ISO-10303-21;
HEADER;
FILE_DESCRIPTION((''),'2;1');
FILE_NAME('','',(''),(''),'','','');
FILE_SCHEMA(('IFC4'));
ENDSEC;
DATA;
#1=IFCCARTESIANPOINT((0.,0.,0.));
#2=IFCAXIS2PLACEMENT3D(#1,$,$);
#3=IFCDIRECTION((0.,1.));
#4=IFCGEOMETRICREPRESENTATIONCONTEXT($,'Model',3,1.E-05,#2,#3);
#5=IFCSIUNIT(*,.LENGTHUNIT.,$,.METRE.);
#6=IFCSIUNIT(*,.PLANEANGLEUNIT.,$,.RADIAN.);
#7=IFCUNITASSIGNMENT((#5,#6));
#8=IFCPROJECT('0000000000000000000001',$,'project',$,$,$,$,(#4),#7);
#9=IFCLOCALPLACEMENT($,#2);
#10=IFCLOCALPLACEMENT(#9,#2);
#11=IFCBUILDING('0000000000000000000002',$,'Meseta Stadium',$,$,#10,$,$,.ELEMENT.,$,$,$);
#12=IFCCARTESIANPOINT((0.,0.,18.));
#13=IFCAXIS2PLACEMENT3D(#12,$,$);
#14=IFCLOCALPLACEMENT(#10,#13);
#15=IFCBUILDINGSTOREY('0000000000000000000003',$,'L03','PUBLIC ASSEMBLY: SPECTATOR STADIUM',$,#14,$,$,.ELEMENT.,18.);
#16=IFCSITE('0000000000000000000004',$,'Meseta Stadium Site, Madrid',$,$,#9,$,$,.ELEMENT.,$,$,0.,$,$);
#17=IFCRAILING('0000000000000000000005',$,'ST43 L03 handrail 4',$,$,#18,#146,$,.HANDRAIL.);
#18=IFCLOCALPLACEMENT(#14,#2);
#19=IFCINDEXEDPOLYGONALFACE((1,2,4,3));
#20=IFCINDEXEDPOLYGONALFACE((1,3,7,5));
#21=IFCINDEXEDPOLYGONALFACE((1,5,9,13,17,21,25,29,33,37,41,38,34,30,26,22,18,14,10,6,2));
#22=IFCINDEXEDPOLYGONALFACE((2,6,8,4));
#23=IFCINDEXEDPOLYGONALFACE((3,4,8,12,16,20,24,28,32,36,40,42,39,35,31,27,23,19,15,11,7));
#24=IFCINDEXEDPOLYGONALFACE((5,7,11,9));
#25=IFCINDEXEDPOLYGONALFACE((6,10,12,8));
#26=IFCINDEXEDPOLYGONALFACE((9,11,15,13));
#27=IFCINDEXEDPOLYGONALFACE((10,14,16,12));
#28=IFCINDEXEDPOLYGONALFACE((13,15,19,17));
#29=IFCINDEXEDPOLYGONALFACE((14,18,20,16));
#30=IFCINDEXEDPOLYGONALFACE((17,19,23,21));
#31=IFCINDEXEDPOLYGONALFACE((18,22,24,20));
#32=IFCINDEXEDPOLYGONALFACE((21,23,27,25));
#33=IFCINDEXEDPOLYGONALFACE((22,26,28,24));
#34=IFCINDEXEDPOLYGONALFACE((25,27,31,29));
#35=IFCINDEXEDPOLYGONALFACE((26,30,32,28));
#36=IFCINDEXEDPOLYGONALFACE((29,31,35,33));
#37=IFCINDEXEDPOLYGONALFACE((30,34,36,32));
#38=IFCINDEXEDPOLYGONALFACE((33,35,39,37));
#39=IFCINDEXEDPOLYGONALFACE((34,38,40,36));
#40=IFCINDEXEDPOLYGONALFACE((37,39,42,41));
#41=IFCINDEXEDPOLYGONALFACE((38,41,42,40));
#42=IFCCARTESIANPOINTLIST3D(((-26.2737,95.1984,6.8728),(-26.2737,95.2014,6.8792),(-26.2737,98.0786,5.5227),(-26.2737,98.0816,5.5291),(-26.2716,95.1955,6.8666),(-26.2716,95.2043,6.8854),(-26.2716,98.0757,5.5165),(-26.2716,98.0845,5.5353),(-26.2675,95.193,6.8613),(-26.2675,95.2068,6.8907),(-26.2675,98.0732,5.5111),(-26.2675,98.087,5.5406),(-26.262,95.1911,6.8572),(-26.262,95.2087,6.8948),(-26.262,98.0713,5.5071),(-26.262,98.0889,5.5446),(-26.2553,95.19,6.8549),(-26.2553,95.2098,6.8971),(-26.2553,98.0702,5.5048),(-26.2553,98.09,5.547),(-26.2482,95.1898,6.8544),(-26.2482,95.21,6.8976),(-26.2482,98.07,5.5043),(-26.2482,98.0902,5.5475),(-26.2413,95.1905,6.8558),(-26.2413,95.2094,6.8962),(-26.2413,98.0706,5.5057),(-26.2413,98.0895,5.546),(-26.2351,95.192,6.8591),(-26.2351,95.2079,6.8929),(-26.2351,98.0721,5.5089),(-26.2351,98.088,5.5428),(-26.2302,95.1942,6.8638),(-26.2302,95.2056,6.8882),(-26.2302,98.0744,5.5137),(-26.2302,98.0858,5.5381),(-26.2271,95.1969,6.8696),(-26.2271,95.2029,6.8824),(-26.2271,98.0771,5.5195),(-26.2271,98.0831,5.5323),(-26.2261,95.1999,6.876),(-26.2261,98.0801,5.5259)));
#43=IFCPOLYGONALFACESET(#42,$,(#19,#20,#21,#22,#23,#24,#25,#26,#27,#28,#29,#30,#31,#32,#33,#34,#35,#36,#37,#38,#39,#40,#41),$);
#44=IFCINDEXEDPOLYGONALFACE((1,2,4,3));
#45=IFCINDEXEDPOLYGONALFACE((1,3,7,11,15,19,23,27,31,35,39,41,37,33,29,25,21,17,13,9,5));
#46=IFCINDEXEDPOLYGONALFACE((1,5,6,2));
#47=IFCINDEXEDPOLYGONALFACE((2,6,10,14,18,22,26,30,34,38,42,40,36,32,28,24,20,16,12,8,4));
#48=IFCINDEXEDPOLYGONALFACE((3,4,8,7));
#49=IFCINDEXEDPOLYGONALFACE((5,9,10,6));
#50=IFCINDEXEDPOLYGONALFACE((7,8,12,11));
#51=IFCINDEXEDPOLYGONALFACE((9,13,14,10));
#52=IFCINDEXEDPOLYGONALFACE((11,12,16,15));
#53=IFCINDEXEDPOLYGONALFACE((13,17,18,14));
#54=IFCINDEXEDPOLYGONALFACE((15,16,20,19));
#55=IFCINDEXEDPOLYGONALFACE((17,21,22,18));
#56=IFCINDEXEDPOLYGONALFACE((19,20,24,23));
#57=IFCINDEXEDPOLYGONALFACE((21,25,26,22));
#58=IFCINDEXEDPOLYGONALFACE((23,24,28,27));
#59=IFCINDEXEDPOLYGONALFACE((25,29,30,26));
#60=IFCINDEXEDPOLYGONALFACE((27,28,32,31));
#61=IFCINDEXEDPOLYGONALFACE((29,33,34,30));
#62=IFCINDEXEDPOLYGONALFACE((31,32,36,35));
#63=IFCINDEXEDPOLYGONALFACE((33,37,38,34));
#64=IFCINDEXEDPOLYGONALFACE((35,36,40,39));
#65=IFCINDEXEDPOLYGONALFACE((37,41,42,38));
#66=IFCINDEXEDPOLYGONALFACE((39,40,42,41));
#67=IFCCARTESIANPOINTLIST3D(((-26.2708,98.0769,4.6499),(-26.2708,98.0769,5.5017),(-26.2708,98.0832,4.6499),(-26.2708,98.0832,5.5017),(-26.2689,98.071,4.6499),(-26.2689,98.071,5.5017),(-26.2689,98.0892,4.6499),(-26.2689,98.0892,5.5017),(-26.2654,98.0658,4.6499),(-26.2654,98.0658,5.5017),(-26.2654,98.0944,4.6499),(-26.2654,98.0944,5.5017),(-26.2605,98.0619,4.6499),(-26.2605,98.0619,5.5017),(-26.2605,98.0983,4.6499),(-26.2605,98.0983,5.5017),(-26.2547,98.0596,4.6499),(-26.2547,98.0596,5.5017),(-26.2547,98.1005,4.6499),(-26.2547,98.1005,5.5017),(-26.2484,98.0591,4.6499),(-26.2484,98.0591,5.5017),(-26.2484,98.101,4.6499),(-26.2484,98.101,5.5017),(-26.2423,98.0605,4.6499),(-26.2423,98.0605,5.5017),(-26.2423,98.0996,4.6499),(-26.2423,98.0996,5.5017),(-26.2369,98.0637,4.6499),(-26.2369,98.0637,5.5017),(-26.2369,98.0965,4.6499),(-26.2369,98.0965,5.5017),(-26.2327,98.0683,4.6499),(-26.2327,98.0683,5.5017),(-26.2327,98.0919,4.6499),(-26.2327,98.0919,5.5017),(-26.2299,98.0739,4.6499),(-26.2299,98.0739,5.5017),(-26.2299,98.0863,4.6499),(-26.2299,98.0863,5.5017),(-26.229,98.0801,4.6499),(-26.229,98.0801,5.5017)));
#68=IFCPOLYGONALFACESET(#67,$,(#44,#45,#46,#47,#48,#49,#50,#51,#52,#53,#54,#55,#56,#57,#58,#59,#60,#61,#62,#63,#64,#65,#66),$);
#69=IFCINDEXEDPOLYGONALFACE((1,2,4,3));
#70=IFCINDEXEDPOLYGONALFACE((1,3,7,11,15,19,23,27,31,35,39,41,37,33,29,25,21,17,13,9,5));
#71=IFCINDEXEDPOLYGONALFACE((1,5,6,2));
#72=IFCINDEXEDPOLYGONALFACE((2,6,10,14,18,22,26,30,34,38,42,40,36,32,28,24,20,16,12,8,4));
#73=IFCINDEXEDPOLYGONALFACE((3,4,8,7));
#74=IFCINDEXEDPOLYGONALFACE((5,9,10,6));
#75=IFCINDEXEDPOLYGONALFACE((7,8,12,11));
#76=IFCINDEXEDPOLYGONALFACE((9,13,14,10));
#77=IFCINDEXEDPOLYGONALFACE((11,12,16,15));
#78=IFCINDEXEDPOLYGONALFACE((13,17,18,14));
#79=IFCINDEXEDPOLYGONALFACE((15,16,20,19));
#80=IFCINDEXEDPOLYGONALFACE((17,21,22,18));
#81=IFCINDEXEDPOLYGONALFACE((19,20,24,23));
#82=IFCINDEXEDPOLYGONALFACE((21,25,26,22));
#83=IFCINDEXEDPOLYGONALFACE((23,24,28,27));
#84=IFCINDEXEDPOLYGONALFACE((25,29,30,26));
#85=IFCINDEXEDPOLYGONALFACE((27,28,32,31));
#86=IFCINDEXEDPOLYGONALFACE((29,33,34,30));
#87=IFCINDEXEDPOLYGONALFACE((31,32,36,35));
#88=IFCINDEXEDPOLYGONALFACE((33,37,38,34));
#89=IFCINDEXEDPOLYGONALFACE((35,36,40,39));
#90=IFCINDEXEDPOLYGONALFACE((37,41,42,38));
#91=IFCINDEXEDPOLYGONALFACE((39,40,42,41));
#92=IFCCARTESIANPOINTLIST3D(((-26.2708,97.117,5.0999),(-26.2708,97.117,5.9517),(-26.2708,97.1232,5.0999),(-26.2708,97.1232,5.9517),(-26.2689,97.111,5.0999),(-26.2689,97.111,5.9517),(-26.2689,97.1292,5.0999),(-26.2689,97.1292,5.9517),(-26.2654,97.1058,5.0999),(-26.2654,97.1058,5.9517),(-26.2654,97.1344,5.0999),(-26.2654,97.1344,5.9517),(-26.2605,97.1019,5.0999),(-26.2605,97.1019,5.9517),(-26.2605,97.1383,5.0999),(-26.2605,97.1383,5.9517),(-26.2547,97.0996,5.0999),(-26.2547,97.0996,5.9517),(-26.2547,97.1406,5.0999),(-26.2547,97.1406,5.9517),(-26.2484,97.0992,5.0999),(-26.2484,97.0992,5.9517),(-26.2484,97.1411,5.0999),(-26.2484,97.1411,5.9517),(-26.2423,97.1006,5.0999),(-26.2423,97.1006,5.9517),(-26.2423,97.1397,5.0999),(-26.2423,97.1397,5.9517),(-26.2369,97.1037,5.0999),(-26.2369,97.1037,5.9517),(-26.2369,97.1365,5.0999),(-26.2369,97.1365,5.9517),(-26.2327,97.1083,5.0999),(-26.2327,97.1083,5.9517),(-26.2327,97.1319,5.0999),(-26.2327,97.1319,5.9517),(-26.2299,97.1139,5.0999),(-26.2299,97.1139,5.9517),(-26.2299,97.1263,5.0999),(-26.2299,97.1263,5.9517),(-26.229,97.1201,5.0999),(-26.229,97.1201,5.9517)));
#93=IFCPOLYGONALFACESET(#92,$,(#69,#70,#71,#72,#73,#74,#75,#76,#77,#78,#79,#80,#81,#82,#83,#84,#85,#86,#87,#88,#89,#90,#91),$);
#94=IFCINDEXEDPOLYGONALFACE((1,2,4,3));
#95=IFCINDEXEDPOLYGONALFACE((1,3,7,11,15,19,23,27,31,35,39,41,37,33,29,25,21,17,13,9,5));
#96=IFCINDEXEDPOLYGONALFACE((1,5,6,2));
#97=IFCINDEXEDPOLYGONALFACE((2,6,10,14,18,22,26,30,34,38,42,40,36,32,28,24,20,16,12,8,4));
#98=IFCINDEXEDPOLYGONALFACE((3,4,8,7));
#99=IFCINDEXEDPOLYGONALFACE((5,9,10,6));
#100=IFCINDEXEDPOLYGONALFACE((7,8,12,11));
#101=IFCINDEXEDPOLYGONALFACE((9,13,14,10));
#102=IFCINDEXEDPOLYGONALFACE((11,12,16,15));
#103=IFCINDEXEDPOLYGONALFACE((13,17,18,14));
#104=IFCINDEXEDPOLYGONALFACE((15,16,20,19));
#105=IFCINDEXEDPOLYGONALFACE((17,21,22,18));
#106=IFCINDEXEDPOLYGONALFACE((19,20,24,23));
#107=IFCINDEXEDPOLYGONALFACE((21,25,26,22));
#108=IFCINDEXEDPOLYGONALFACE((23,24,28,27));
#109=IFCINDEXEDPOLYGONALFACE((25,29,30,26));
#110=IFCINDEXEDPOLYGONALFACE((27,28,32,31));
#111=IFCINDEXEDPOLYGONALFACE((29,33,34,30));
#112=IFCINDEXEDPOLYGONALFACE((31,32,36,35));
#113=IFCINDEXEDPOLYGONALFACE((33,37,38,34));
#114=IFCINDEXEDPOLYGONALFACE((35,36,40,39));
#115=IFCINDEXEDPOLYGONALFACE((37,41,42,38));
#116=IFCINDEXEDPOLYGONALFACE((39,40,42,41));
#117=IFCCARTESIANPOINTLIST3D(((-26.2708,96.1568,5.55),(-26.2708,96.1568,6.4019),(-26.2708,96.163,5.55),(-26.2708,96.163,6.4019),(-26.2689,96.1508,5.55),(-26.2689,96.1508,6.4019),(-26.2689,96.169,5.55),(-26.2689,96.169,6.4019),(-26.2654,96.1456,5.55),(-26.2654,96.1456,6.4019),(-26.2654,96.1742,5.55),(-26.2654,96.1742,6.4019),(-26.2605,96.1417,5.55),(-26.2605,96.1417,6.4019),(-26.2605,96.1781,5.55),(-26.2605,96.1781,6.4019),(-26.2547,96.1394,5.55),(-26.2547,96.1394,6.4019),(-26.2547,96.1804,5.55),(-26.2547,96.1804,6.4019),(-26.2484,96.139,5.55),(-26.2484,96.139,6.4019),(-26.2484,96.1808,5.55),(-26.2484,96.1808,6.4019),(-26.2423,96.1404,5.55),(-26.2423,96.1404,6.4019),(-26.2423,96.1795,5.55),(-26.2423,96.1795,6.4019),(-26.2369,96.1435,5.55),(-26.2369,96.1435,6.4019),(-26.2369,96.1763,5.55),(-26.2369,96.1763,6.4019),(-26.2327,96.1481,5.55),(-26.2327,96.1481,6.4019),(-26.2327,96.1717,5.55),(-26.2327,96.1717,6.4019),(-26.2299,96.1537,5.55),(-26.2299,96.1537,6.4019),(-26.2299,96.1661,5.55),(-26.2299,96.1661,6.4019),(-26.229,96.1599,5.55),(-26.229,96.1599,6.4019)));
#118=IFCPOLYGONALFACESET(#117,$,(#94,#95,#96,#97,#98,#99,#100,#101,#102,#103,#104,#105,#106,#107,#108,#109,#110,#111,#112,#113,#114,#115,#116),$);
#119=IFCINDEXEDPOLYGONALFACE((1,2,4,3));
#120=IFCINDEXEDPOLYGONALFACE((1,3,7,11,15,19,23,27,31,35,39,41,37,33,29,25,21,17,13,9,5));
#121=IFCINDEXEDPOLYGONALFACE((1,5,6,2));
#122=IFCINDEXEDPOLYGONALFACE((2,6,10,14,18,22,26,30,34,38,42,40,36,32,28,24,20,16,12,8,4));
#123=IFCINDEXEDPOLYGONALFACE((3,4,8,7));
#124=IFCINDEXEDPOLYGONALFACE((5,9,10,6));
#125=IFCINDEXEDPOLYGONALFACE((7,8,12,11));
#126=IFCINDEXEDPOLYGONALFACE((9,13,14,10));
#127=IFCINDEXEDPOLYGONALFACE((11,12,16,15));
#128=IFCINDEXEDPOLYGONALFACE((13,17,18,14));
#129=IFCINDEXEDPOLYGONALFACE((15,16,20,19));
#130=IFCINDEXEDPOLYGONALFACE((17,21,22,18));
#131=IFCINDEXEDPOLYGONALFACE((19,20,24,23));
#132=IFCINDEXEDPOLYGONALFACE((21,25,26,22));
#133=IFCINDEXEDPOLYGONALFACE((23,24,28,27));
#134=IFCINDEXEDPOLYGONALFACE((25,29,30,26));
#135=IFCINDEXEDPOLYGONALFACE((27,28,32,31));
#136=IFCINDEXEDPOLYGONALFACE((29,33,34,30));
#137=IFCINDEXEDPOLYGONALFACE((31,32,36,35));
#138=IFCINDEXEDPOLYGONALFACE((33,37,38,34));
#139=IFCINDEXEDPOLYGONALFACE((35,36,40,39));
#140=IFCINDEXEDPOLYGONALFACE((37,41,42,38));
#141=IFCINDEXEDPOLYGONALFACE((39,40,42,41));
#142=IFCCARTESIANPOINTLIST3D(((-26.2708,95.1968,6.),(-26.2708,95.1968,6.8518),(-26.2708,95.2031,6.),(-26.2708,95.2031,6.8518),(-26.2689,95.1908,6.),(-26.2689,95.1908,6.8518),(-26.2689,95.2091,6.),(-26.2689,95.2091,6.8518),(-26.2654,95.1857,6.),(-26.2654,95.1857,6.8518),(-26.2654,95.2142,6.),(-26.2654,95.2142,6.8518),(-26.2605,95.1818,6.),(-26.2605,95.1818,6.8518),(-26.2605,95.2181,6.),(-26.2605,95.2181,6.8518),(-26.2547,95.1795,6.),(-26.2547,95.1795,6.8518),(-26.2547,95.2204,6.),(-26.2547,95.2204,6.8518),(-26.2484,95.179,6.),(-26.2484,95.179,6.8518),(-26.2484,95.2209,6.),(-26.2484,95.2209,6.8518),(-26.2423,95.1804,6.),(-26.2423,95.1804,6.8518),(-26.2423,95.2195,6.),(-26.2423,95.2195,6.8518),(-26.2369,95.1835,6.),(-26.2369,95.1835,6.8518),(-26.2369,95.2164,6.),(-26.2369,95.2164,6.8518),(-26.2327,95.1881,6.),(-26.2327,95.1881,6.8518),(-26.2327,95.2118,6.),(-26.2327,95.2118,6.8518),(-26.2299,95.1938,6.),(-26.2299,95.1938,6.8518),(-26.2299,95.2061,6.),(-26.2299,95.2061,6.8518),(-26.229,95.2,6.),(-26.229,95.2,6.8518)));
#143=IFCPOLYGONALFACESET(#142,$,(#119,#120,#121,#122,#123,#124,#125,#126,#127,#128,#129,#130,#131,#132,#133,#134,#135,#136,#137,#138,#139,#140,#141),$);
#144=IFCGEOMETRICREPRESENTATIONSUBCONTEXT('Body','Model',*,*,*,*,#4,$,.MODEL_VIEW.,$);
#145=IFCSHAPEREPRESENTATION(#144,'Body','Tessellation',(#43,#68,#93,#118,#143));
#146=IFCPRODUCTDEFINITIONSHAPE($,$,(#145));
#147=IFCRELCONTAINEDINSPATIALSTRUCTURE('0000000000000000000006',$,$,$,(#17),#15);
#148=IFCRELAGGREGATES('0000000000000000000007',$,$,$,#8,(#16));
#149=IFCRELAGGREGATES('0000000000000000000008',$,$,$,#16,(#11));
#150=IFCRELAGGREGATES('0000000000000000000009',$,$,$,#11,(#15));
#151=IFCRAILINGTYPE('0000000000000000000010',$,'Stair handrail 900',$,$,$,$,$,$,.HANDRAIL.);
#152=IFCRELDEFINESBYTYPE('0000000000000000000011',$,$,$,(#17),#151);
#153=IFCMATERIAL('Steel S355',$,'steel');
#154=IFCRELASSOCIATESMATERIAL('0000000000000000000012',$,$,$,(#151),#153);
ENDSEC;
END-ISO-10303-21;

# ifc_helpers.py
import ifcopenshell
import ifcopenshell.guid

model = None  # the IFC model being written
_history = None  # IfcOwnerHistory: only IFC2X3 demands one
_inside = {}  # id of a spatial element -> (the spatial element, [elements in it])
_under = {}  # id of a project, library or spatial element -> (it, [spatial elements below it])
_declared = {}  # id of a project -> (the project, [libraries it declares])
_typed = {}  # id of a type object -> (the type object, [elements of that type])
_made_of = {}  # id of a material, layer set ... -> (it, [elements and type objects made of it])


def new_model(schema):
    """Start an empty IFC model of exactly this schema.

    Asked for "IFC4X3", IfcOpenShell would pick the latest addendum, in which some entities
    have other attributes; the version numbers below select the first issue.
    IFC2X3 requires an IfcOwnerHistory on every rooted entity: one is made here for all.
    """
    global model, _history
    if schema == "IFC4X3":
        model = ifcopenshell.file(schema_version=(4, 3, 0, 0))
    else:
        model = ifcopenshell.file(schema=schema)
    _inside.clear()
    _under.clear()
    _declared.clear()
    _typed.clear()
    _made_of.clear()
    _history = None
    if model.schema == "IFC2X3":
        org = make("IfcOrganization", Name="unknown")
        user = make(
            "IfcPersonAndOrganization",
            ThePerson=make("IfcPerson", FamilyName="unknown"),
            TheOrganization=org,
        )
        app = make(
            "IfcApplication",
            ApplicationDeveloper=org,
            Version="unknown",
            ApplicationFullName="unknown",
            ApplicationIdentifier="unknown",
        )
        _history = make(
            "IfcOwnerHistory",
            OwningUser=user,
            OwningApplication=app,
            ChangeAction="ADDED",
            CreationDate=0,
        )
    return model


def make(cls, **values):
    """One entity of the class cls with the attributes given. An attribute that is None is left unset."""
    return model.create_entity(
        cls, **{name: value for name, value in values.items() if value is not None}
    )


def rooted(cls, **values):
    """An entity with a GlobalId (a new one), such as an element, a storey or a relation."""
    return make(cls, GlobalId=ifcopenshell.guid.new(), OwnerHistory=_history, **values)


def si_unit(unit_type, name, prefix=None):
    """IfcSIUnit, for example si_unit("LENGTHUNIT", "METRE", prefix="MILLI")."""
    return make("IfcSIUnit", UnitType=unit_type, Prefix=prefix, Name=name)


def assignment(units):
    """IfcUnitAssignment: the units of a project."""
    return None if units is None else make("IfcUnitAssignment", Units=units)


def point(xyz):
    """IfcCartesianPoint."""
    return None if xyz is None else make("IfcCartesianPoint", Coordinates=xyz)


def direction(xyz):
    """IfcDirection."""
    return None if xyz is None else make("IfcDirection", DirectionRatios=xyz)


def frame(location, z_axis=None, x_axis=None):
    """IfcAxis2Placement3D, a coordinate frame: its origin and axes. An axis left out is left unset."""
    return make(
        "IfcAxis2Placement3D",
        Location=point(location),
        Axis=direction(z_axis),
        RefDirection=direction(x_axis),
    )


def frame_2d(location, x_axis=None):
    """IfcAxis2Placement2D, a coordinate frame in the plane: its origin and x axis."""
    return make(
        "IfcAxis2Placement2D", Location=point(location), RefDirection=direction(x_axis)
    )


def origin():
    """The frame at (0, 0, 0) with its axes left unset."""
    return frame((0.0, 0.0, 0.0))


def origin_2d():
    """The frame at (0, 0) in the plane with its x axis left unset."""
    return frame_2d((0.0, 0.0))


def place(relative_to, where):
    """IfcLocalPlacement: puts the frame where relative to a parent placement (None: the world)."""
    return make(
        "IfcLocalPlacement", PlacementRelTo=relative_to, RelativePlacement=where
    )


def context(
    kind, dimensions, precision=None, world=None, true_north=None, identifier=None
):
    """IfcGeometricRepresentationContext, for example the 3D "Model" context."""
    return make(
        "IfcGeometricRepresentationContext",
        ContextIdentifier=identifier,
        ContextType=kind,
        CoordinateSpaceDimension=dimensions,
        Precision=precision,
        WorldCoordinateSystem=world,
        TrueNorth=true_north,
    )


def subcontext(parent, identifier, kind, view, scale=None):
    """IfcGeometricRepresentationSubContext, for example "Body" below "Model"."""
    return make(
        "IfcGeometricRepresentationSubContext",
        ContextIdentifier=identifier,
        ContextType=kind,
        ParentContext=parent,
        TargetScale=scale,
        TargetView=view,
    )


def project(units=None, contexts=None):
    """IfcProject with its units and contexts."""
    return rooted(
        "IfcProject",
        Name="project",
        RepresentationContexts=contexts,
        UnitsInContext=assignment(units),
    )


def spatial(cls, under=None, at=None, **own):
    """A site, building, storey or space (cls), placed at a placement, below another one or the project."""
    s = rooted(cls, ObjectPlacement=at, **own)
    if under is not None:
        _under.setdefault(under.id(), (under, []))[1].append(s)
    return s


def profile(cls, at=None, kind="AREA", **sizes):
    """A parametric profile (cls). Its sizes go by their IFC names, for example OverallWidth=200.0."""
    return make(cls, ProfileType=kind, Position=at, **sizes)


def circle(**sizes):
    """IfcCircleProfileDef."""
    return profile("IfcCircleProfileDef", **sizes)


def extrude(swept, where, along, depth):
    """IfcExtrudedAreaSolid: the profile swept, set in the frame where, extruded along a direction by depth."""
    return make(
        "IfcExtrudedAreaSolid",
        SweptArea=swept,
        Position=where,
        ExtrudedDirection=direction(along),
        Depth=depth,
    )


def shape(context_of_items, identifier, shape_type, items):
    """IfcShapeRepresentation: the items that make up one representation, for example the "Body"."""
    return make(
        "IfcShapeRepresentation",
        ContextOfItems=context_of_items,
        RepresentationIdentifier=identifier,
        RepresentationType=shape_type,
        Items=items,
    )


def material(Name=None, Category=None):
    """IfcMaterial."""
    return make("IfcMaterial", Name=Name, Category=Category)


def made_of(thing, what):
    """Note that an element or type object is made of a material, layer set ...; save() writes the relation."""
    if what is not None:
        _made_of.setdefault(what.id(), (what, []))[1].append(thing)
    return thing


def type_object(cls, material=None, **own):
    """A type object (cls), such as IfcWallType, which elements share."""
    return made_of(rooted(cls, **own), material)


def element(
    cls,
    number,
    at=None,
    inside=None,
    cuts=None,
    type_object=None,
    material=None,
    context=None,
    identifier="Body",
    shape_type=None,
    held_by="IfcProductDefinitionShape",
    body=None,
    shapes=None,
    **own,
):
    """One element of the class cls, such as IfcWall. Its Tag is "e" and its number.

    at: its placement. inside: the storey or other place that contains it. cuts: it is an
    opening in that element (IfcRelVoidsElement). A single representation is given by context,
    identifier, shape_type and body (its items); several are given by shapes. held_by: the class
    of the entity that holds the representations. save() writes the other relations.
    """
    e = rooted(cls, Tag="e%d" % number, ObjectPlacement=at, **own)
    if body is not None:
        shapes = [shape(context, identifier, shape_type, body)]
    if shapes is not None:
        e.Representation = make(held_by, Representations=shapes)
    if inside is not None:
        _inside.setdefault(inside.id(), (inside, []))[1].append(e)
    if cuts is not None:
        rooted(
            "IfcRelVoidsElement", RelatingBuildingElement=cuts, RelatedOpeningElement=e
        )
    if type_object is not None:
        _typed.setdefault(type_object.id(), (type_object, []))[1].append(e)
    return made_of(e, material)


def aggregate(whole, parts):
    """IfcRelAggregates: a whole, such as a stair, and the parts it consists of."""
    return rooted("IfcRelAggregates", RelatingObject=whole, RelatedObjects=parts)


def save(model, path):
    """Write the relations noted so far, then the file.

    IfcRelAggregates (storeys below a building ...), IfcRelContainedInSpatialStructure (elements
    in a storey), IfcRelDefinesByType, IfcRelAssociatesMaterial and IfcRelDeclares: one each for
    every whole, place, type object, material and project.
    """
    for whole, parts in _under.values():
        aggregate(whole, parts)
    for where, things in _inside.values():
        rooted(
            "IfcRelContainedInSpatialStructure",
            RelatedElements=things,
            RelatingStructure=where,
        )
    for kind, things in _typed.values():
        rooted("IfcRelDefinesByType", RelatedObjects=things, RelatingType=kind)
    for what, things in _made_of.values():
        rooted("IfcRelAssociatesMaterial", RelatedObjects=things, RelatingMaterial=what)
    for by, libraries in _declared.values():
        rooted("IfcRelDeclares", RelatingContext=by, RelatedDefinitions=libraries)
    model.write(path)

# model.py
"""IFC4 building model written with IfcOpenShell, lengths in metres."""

from ifc_helpers import new_model, si_unit, direction, frame, origin, origin_2d, place, context, subcontext, project, spatial, circle, extrude, material, type_object, element, save


model = new_model("IFC4")

# Units and contexts
model_context = context("Model", 3, precision=1e-05, world=origin(), true_north=direction((0.0, 1.0)))
body_context = subcontext(model_context, "Body", "Model", "MODEL_VIEW")
ifc_project = project(units=[si_unit("LENGTHUNIT", "METRE"), si_unit("PLANEANGLEUNIT", "RADIAN")], contexts=[model_context])

# Site, building, storey
site_placement = place(None, origin())
site = spatial("IfcSite", under=ifc_project, at=site_placement, Name="Meseta Stadium Site, Madrid", CompositionType="ELEMENT", RefElevation=0.0)
building_placement = place(site_placement, origin())
building = spatial("IfcBuilding", under=site, at=building_placement, Name="Meseta Stadium", CompositionType="ELEMENT")
storey_placement = place(building_placement, frame((0.0, 0.0, 18.0)))
storey = spatial("IfcBuildingStorey", under=building, at=storey_placement, Name="L03", Description="PUBLIC ASSEMBLY: SPECTATOR STADIUM", CompositionType="ELEMENT", Elevation=18.0)

# Railing
ifc_material_1 = material(Name="Steel S355", Category="steel")
railing_type_1 = type_object("IfcRailingType", Name="Stair handrail 900", PredefinedType="HANDRAIL", material=ifc_material_1)
for number, where, name in (
    (1, (-26.25, 98.0801, 4.6499), "ST43 L03 handrail 4"),
):
    element("IfcRailing", number, at=place(storey_placement, frame(where)), inside=storey, type_object=railing_type_1, Name=name, PredefinedType="HANDRAIL", context=body_context, shape_type="SweptSolid", body=[
        extrude(circle(Radius=0.0239, at=origin_2d()), frame((0.0, 0.0, 0.876), z_axis=(0.0, -0.905454, 0.424444), x_axis=(1.0, 0.0, 0.0)), (0.0, 0.0, 1.0), 3.1809),
        extrude(circle(Radius=0.021, at=origin_2d()), origin(), (0.0, 0.0, 1.0), 0.8518),
        extrude(circle(Radius=0.021, at=origin_2d()), frame((0.0, -0.96, 0.45)), (0.0, 0.0, 1.0), 0.8518),
        extrude(circle(Radius=0.021, at=origin_2d()), frame((0.0, -1.9202, 0.9001)), (0.0, 0.0, 1.0), 0.8518),
        extrude(circle(Radius=0.021, at=origin_2d()), frame((0.0, -2.8801, 1.3501)), (0.0, 0.0, 1.0), 0.8518),
    ])

save(model, "model.ifc")
